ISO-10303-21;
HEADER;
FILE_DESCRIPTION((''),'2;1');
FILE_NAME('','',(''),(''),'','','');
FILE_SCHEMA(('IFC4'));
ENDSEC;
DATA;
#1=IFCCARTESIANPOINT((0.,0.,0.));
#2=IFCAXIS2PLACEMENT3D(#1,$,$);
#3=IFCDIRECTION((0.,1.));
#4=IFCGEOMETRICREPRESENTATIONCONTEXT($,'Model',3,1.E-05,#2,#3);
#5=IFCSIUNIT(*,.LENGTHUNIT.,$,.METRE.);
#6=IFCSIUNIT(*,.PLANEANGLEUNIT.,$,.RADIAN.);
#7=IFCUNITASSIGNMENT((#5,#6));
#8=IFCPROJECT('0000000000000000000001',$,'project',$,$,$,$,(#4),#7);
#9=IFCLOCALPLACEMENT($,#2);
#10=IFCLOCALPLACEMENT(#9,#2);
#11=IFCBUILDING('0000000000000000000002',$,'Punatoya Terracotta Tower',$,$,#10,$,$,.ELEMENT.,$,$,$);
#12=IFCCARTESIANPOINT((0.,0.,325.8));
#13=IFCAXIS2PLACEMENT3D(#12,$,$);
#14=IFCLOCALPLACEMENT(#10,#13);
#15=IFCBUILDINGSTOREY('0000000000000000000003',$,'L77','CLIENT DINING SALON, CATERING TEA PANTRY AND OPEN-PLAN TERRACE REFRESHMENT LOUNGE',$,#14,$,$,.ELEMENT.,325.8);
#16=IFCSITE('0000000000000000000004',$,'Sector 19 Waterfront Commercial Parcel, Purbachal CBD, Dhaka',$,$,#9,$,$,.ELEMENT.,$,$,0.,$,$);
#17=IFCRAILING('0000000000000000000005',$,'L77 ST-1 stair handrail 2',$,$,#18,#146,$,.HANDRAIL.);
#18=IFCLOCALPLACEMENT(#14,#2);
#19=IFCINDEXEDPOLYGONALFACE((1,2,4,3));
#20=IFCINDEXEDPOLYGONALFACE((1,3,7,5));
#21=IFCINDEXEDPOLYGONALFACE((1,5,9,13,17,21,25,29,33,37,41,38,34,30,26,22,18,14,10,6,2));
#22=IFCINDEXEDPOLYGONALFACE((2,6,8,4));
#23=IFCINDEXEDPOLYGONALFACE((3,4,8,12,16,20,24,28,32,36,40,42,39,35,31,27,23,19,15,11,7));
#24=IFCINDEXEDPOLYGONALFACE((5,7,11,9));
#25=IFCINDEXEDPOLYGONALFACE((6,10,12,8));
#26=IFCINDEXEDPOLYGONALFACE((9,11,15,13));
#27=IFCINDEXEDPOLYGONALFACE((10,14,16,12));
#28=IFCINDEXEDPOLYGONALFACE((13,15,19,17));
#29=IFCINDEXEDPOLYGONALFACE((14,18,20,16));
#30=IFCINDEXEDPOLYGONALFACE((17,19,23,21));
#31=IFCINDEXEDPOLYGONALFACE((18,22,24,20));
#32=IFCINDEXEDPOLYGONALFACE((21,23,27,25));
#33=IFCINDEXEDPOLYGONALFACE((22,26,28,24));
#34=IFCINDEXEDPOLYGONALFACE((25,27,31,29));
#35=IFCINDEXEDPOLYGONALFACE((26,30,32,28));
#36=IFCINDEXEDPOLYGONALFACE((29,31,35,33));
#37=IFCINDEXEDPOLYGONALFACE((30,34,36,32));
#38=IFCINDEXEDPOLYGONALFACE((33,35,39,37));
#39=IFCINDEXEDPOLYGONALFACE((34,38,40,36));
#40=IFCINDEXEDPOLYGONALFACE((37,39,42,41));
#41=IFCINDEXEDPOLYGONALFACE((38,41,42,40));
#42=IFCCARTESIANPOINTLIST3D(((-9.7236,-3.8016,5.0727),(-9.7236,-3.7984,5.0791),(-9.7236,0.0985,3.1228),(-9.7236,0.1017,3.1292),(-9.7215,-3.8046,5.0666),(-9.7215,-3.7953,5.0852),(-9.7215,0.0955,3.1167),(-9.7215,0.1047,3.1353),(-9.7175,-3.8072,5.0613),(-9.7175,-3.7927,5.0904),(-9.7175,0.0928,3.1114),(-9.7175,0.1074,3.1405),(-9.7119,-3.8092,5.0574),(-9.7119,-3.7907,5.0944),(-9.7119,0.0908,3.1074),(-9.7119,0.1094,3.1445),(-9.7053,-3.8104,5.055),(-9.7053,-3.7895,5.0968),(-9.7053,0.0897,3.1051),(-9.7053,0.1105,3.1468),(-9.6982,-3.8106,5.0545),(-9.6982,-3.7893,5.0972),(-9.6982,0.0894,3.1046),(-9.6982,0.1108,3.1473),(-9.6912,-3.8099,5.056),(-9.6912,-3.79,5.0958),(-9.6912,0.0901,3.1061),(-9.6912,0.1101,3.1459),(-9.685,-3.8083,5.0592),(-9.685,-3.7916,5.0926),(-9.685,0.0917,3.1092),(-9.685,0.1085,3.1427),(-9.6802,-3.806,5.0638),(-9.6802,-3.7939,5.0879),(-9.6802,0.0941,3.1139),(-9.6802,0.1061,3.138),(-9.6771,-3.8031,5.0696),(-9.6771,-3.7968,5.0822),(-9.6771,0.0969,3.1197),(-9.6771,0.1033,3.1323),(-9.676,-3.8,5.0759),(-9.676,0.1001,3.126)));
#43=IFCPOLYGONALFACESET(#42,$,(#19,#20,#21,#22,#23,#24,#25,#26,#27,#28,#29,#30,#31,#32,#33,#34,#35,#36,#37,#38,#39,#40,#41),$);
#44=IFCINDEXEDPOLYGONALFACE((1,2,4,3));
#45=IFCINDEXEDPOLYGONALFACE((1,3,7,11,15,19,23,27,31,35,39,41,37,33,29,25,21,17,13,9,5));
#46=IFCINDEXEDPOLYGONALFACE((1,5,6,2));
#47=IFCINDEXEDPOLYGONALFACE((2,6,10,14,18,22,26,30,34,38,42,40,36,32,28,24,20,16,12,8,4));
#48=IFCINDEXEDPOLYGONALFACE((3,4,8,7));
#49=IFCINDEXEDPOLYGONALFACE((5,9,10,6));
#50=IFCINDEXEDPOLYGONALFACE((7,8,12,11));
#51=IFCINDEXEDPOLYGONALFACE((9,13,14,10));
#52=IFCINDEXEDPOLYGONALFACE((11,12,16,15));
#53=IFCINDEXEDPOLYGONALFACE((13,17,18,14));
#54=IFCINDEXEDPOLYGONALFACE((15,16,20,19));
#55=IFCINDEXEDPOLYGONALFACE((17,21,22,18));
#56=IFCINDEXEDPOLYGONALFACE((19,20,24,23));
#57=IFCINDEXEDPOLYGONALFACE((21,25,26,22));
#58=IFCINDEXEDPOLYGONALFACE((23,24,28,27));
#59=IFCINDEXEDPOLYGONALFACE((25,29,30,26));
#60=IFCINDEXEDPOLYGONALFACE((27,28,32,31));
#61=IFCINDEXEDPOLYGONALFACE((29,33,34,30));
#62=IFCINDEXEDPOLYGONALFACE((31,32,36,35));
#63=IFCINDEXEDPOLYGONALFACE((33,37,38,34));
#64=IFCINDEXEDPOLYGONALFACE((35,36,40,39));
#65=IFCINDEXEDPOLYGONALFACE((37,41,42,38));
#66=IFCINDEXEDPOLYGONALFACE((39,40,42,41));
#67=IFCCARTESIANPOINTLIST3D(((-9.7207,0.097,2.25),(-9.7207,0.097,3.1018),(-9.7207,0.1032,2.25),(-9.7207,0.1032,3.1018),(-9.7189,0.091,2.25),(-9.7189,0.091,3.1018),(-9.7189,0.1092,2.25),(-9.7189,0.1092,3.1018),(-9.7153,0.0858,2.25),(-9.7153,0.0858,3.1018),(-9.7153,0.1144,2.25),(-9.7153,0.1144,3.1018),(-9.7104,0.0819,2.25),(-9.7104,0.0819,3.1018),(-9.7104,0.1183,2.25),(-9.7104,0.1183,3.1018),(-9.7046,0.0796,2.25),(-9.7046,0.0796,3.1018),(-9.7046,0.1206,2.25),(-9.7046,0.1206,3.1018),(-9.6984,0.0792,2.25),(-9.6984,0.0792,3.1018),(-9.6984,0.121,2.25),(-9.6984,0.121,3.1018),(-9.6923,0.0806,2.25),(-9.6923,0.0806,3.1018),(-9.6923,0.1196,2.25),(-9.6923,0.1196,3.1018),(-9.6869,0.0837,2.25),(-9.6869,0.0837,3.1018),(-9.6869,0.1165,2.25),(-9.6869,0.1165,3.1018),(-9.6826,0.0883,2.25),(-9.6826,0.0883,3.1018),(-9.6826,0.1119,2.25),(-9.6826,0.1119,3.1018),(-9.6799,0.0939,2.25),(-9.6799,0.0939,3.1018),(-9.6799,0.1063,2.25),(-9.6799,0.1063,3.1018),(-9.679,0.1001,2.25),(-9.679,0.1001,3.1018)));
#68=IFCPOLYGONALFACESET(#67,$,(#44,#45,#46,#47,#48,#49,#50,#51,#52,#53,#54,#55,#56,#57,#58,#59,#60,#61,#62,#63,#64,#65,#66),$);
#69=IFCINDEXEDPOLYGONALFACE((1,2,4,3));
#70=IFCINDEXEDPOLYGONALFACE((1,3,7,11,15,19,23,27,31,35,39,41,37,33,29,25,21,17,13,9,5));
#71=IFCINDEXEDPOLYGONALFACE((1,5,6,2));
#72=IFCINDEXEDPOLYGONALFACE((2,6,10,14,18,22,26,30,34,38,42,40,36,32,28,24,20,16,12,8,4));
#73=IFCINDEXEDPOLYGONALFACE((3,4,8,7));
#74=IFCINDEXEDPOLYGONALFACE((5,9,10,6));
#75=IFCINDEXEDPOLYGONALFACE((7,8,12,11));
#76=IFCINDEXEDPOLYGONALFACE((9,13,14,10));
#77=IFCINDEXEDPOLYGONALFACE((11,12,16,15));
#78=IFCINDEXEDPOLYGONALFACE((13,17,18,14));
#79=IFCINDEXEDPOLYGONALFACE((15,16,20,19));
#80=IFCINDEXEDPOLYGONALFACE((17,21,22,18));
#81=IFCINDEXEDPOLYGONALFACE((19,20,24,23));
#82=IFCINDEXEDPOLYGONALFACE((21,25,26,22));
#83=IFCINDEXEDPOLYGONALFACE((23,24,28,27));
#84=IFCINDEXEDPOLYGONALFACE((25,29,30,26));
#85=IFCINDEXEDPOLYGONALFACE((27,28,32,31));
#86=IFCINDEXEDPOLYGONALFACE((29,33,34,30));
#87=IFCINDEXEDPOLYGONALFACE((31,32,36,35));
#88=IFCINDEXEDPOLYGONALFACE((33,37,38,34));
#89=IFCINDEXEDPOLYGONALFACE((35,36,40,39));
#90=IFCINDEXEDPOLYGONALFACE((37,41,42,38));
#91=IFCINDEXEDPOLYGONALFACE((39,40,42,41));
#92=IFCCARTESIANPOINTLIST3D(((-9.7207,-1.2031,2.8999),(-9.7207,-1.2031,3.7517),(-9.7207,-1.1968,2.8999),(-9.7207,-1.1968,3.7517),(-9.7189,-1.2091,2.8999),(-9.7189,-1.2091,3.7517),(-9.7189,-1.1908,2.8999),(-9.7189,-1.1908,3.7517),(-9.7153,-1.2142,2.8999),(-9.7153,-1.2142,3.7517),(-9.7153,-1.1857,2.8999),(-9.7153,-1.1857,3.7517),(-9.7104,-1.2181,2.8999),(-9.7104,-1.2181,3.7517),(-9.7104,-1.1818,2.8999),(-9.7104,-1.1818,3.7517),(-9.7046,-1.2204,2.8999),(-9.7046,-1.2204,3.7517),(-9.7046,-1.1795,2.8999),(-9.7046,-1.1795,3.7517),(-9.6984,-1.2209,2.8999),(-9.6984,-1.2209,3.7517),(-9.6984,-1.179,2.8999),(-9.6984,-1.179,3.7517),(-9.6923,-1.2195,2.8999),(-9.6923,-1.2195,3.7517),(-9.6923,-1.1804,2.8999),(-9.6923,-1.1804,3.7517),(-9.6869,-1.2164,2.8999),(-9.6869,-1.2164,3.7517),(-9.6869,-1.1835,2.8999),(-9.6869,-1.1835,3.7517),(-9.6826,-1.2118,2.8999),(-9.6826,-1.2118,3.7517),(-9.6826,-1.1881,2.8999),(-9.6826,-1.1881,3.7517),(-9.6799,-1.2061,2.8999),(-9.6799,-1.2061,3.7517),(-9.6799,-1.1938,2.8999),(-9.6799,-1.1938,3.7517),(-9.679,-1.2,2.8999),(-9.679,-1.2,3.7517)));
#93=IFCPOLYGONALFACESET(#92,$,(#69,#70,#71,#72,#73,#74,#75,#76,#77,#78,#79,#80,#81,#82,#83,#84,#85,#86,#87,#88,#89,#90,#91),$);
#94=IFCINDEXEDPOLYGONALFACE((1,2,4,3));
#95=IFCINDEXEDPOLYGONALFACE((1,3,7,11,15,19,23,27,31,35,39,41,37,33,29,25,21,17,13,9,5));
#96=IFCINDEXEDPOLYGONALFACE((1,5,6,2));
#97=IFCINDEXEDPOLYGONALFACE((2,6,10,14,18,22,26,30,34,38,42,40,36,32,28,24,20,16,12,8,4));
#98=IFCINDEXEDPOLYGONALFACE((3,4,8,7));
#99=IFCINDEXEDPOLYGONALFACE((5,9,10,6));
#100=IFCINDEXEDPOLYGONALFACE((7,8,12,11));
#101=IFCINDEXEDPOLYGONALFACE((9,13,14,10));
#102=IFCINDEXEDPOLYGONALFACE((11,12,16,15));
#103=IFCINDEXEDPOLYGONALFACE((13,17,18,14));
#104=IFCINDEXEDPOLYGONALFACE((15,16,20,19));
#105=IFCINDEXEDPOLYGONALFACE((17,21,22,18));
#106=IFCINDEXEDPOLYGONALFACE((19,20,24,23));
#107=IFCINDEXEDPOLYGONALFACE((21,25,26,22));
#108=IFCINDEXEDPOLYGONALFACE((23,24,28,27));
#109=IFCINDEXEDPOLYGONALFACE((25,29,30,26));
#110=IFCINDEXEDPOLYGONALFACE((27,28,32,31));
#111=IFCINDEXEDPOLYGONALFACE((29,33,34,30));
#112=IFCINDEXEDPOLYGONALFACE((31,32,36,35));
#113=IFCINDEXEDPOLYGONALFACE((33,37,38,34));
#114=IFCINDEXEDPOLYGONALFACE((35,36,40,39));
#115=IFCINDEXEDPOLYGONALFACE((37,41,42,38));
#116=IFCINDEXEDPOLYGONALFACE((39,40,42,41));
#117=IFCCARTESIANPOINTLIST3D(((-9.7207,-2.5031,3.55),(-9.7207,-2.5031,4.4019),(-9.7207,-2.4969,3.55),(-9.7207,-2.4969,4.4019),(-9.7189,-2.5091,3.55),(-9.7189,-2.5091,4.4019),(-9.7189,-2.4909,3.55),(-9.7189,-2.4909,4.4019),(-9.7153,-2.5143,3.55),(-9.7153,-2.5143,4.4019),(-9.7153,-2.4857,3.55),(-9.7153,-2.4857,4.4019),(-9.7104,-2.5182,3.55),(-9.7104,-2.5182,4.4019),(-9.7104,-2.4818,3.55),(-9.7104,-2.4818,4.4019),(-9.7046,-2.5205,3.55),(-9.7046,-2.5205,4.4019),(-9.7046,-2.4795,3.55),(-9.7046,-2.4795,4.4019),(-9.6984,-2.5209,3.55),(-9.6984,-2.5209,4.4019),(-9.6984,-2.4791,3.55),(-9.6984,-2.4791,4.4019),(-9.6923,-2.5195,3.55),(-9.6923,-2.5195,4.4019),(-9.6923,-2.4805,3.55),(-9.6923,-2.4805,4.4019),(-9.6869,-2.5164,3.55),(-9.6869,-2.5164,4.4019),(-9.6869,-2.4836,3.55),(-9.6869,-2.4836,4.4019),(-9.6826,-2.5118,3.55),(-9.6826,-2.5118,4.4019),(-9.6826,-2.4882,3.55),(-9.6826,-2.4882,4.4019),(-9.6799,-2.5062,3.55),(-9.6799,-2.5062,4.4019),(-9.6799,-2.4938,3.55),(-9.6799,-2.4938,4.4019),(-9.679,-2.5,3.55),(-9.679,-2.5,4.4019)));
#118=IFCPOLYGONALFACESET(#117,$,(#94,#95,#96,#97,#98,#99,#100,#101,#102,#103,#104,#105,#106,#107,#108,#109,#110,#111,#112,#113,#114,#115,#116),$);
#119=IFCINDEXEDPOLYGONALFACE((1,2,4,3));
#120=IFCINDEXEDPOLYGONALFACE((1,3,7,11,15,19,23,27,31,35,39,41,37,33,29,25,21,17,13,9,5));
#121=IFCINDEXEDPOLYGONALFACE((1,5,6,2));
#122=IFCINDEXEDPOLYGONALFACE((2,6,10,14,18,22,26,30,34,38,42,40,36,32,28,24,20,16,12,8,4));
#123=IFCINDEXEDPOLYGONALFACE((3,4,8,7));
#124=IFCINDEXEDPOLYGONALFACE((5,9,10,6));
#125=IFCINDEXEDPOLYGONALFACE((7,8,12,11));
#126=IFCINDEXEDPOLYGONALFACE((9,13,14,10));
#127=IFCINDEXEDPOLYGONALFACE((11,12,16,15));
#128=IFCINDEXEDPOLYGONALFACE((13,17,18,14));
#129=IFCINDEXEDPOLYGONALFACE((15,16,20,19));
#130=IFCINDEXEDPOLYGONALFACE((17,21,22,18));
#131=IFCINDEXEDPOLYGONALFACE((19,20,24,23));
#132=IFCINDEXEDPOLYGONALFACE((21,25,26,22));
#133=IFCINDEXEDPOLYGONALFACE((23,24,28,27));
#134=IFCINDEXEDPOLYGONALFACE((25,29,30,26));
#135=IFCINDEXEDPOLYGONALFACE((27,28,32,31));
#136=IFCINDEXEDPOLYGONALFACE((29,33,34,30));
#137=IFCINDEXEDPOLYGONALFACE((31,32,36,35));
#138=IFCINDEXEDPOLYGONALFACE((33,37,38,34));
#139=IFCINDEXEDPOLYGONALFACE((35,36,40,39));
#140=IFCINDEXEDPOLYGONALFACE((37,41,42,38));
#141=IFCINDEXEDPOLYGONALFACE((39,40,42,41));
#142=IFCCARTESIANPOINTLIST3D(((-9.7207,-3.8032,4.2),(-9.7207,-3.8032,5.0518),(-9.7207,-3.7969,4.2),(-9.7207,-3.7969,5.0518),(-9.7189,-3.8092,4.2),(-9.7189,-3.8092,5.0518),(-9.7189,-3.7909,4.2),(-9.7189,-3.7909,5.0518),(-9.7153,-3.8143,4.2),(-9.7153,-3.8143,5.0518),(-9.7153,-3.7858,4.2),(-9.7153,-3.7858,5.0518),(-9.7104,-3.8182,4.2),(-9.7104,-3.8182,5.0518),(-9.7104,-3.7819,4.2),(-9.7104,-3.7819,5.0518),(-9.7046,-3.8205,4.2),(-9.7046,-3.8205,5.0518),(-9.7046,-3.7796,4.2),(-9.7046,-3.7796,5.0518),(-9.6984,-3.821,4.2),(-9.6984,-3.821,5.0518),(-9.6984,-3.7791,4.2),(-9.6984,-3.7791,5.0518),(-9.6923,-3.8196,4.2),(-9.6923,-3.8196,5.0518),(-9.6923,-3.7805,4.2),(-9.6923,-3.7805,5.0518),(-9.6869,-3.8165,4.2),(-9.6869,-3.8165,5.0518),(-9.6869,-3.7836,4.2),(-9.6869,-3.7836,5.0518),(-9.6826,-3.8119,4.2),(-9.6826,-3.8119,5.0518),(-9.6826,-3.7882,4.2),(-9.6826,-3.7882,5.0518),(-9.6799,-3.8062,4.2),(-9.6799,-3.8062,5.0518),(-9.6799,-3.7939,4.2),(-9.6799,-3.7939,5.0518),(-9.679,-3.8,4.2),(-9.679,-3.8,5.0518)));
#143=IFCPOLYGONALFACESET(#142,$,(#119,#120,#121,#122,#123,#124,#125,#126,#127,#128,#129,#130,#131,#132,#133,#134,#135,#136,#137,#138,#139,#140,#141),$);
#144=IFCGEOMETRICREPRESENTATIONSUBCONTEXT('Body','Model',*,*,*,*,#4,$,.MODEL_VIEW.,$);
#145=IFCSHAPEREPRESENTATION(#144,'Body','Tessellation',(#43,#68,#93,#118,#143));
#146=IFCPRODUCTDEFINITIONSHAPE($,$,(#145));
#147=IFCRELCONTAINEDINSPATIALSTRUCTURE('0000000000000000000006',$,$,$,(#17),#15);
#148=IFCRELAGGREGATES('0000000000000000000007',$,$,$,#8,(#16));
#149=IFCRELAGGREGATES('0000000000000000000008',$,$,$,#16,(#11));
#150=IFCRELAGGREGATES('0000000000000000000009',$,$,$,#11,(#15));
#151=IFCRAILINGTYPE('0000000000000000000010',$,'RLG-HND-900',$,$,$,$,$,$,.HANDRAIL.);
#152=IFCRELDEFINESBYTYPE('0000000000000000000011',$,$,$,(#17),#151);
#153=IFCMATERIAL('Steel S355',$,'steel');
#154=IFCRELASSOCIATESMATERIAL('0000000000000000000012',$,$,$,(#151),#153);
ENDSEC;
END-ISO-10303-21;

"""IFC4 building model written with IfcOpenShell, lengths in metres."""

from ifc_helpers import new_model, si_unit, direction, frame, origin, origin_2d, place, context, subcontext, project, spatial, circle, extrude, material, type_object, element, save


model = new_model("IFC4")

# Units and contexts
model_context = context("Model", 3, precision=1e-05, world=origin(), true_north=direction((0.0, 1.0)))
body_context = subcontext(model_context, "Body", "Model", "MODEL_VIEW")
ifc_project = project(units=[si_unit("LENGTHUNIT", "METRE"), si_unit("PLANEANGLEUNIT", "RADIAN")], contexts=[model_context])

# Site, building, storey
site_placement = place(None, origin())
site = spatial("IfcSite", under=ifc_project, at=site_placement, Name="Sector 19 Waterfront Commercial Parcel, Purbachal CBD, Dhaka", CompositionType="ELEMENT", RefElevation=0.0)
building_placement = place(site_placement, origin())
building = spatial("IfcBuilding", under=site, at=building_placement, Name="Punatoya Terracotta Tower", CompositionType="ELEMENT")
storey_placement = place(building_placement, frame((0.0, 0.0, 325.8)))
storey = spatial("IfcBuildingStorey", under=building, at=storey_placement, Name="L77", Description="CLIENT DINING SALON, CATERING TEA PANTRY AND OPEN-PLAN TERRACE REFRESHMENT LOUNGE", CompositionType="ELEMENT", Elevation=325.8)

# Shared definitions
ifc_material_1 = material(Name="Steel S355", Category="steel")

# Railing
railing_type_1 = type_object("IfcRailingType", Name="RLG-HND-900", PredefinedType="HANDRAIL", material=ifc_material_1)
railing_1_placement = place(storey_placement, frame((-9.7, 0.1001, 2.25)))
element("IfcRailing", 1, at=railing_1_placement, inside=storey, type_object=railing_type_1, Name="L77 ST-1 stair handrail 2", PredefinedType="HANDRAIL", context=body_context, shape_type="SweptSolid", body=[
    extrude(circle(Radius=0.0239, at=origin_2d()), frame((0.0, 0.0, 0.876), z_axis=(0.0, -0.894438, 0.447191), x_axis=(1.0, 0.0, 0.0)), (0.0, 0.0, 1.0), 4.3604),
    extrude(circle(Radius=0.021, at=origin_2d()), origin(), (0.0, 0.0, 1.0), 0.8518),
    extrude(circle(Radius=0.021, at=origin_2d()), frame((0.0, -1.3, 0.6499)), (0.0, 0.0, 1.0), 0.8518),
    extrude(circle(Radius=0.021, at=origin_2d()), frame((0.0, -2.6001, 1.3)), (0.0, 0.0, 1.0), 0.8518),
    extrude(circle(Radius=0.021, at=origin_2d()), frame((0.0, -3.9001, 1.95)), (0.0, 0.0, 1.0), 0.8518),
])

save(model, "model.ifc")
